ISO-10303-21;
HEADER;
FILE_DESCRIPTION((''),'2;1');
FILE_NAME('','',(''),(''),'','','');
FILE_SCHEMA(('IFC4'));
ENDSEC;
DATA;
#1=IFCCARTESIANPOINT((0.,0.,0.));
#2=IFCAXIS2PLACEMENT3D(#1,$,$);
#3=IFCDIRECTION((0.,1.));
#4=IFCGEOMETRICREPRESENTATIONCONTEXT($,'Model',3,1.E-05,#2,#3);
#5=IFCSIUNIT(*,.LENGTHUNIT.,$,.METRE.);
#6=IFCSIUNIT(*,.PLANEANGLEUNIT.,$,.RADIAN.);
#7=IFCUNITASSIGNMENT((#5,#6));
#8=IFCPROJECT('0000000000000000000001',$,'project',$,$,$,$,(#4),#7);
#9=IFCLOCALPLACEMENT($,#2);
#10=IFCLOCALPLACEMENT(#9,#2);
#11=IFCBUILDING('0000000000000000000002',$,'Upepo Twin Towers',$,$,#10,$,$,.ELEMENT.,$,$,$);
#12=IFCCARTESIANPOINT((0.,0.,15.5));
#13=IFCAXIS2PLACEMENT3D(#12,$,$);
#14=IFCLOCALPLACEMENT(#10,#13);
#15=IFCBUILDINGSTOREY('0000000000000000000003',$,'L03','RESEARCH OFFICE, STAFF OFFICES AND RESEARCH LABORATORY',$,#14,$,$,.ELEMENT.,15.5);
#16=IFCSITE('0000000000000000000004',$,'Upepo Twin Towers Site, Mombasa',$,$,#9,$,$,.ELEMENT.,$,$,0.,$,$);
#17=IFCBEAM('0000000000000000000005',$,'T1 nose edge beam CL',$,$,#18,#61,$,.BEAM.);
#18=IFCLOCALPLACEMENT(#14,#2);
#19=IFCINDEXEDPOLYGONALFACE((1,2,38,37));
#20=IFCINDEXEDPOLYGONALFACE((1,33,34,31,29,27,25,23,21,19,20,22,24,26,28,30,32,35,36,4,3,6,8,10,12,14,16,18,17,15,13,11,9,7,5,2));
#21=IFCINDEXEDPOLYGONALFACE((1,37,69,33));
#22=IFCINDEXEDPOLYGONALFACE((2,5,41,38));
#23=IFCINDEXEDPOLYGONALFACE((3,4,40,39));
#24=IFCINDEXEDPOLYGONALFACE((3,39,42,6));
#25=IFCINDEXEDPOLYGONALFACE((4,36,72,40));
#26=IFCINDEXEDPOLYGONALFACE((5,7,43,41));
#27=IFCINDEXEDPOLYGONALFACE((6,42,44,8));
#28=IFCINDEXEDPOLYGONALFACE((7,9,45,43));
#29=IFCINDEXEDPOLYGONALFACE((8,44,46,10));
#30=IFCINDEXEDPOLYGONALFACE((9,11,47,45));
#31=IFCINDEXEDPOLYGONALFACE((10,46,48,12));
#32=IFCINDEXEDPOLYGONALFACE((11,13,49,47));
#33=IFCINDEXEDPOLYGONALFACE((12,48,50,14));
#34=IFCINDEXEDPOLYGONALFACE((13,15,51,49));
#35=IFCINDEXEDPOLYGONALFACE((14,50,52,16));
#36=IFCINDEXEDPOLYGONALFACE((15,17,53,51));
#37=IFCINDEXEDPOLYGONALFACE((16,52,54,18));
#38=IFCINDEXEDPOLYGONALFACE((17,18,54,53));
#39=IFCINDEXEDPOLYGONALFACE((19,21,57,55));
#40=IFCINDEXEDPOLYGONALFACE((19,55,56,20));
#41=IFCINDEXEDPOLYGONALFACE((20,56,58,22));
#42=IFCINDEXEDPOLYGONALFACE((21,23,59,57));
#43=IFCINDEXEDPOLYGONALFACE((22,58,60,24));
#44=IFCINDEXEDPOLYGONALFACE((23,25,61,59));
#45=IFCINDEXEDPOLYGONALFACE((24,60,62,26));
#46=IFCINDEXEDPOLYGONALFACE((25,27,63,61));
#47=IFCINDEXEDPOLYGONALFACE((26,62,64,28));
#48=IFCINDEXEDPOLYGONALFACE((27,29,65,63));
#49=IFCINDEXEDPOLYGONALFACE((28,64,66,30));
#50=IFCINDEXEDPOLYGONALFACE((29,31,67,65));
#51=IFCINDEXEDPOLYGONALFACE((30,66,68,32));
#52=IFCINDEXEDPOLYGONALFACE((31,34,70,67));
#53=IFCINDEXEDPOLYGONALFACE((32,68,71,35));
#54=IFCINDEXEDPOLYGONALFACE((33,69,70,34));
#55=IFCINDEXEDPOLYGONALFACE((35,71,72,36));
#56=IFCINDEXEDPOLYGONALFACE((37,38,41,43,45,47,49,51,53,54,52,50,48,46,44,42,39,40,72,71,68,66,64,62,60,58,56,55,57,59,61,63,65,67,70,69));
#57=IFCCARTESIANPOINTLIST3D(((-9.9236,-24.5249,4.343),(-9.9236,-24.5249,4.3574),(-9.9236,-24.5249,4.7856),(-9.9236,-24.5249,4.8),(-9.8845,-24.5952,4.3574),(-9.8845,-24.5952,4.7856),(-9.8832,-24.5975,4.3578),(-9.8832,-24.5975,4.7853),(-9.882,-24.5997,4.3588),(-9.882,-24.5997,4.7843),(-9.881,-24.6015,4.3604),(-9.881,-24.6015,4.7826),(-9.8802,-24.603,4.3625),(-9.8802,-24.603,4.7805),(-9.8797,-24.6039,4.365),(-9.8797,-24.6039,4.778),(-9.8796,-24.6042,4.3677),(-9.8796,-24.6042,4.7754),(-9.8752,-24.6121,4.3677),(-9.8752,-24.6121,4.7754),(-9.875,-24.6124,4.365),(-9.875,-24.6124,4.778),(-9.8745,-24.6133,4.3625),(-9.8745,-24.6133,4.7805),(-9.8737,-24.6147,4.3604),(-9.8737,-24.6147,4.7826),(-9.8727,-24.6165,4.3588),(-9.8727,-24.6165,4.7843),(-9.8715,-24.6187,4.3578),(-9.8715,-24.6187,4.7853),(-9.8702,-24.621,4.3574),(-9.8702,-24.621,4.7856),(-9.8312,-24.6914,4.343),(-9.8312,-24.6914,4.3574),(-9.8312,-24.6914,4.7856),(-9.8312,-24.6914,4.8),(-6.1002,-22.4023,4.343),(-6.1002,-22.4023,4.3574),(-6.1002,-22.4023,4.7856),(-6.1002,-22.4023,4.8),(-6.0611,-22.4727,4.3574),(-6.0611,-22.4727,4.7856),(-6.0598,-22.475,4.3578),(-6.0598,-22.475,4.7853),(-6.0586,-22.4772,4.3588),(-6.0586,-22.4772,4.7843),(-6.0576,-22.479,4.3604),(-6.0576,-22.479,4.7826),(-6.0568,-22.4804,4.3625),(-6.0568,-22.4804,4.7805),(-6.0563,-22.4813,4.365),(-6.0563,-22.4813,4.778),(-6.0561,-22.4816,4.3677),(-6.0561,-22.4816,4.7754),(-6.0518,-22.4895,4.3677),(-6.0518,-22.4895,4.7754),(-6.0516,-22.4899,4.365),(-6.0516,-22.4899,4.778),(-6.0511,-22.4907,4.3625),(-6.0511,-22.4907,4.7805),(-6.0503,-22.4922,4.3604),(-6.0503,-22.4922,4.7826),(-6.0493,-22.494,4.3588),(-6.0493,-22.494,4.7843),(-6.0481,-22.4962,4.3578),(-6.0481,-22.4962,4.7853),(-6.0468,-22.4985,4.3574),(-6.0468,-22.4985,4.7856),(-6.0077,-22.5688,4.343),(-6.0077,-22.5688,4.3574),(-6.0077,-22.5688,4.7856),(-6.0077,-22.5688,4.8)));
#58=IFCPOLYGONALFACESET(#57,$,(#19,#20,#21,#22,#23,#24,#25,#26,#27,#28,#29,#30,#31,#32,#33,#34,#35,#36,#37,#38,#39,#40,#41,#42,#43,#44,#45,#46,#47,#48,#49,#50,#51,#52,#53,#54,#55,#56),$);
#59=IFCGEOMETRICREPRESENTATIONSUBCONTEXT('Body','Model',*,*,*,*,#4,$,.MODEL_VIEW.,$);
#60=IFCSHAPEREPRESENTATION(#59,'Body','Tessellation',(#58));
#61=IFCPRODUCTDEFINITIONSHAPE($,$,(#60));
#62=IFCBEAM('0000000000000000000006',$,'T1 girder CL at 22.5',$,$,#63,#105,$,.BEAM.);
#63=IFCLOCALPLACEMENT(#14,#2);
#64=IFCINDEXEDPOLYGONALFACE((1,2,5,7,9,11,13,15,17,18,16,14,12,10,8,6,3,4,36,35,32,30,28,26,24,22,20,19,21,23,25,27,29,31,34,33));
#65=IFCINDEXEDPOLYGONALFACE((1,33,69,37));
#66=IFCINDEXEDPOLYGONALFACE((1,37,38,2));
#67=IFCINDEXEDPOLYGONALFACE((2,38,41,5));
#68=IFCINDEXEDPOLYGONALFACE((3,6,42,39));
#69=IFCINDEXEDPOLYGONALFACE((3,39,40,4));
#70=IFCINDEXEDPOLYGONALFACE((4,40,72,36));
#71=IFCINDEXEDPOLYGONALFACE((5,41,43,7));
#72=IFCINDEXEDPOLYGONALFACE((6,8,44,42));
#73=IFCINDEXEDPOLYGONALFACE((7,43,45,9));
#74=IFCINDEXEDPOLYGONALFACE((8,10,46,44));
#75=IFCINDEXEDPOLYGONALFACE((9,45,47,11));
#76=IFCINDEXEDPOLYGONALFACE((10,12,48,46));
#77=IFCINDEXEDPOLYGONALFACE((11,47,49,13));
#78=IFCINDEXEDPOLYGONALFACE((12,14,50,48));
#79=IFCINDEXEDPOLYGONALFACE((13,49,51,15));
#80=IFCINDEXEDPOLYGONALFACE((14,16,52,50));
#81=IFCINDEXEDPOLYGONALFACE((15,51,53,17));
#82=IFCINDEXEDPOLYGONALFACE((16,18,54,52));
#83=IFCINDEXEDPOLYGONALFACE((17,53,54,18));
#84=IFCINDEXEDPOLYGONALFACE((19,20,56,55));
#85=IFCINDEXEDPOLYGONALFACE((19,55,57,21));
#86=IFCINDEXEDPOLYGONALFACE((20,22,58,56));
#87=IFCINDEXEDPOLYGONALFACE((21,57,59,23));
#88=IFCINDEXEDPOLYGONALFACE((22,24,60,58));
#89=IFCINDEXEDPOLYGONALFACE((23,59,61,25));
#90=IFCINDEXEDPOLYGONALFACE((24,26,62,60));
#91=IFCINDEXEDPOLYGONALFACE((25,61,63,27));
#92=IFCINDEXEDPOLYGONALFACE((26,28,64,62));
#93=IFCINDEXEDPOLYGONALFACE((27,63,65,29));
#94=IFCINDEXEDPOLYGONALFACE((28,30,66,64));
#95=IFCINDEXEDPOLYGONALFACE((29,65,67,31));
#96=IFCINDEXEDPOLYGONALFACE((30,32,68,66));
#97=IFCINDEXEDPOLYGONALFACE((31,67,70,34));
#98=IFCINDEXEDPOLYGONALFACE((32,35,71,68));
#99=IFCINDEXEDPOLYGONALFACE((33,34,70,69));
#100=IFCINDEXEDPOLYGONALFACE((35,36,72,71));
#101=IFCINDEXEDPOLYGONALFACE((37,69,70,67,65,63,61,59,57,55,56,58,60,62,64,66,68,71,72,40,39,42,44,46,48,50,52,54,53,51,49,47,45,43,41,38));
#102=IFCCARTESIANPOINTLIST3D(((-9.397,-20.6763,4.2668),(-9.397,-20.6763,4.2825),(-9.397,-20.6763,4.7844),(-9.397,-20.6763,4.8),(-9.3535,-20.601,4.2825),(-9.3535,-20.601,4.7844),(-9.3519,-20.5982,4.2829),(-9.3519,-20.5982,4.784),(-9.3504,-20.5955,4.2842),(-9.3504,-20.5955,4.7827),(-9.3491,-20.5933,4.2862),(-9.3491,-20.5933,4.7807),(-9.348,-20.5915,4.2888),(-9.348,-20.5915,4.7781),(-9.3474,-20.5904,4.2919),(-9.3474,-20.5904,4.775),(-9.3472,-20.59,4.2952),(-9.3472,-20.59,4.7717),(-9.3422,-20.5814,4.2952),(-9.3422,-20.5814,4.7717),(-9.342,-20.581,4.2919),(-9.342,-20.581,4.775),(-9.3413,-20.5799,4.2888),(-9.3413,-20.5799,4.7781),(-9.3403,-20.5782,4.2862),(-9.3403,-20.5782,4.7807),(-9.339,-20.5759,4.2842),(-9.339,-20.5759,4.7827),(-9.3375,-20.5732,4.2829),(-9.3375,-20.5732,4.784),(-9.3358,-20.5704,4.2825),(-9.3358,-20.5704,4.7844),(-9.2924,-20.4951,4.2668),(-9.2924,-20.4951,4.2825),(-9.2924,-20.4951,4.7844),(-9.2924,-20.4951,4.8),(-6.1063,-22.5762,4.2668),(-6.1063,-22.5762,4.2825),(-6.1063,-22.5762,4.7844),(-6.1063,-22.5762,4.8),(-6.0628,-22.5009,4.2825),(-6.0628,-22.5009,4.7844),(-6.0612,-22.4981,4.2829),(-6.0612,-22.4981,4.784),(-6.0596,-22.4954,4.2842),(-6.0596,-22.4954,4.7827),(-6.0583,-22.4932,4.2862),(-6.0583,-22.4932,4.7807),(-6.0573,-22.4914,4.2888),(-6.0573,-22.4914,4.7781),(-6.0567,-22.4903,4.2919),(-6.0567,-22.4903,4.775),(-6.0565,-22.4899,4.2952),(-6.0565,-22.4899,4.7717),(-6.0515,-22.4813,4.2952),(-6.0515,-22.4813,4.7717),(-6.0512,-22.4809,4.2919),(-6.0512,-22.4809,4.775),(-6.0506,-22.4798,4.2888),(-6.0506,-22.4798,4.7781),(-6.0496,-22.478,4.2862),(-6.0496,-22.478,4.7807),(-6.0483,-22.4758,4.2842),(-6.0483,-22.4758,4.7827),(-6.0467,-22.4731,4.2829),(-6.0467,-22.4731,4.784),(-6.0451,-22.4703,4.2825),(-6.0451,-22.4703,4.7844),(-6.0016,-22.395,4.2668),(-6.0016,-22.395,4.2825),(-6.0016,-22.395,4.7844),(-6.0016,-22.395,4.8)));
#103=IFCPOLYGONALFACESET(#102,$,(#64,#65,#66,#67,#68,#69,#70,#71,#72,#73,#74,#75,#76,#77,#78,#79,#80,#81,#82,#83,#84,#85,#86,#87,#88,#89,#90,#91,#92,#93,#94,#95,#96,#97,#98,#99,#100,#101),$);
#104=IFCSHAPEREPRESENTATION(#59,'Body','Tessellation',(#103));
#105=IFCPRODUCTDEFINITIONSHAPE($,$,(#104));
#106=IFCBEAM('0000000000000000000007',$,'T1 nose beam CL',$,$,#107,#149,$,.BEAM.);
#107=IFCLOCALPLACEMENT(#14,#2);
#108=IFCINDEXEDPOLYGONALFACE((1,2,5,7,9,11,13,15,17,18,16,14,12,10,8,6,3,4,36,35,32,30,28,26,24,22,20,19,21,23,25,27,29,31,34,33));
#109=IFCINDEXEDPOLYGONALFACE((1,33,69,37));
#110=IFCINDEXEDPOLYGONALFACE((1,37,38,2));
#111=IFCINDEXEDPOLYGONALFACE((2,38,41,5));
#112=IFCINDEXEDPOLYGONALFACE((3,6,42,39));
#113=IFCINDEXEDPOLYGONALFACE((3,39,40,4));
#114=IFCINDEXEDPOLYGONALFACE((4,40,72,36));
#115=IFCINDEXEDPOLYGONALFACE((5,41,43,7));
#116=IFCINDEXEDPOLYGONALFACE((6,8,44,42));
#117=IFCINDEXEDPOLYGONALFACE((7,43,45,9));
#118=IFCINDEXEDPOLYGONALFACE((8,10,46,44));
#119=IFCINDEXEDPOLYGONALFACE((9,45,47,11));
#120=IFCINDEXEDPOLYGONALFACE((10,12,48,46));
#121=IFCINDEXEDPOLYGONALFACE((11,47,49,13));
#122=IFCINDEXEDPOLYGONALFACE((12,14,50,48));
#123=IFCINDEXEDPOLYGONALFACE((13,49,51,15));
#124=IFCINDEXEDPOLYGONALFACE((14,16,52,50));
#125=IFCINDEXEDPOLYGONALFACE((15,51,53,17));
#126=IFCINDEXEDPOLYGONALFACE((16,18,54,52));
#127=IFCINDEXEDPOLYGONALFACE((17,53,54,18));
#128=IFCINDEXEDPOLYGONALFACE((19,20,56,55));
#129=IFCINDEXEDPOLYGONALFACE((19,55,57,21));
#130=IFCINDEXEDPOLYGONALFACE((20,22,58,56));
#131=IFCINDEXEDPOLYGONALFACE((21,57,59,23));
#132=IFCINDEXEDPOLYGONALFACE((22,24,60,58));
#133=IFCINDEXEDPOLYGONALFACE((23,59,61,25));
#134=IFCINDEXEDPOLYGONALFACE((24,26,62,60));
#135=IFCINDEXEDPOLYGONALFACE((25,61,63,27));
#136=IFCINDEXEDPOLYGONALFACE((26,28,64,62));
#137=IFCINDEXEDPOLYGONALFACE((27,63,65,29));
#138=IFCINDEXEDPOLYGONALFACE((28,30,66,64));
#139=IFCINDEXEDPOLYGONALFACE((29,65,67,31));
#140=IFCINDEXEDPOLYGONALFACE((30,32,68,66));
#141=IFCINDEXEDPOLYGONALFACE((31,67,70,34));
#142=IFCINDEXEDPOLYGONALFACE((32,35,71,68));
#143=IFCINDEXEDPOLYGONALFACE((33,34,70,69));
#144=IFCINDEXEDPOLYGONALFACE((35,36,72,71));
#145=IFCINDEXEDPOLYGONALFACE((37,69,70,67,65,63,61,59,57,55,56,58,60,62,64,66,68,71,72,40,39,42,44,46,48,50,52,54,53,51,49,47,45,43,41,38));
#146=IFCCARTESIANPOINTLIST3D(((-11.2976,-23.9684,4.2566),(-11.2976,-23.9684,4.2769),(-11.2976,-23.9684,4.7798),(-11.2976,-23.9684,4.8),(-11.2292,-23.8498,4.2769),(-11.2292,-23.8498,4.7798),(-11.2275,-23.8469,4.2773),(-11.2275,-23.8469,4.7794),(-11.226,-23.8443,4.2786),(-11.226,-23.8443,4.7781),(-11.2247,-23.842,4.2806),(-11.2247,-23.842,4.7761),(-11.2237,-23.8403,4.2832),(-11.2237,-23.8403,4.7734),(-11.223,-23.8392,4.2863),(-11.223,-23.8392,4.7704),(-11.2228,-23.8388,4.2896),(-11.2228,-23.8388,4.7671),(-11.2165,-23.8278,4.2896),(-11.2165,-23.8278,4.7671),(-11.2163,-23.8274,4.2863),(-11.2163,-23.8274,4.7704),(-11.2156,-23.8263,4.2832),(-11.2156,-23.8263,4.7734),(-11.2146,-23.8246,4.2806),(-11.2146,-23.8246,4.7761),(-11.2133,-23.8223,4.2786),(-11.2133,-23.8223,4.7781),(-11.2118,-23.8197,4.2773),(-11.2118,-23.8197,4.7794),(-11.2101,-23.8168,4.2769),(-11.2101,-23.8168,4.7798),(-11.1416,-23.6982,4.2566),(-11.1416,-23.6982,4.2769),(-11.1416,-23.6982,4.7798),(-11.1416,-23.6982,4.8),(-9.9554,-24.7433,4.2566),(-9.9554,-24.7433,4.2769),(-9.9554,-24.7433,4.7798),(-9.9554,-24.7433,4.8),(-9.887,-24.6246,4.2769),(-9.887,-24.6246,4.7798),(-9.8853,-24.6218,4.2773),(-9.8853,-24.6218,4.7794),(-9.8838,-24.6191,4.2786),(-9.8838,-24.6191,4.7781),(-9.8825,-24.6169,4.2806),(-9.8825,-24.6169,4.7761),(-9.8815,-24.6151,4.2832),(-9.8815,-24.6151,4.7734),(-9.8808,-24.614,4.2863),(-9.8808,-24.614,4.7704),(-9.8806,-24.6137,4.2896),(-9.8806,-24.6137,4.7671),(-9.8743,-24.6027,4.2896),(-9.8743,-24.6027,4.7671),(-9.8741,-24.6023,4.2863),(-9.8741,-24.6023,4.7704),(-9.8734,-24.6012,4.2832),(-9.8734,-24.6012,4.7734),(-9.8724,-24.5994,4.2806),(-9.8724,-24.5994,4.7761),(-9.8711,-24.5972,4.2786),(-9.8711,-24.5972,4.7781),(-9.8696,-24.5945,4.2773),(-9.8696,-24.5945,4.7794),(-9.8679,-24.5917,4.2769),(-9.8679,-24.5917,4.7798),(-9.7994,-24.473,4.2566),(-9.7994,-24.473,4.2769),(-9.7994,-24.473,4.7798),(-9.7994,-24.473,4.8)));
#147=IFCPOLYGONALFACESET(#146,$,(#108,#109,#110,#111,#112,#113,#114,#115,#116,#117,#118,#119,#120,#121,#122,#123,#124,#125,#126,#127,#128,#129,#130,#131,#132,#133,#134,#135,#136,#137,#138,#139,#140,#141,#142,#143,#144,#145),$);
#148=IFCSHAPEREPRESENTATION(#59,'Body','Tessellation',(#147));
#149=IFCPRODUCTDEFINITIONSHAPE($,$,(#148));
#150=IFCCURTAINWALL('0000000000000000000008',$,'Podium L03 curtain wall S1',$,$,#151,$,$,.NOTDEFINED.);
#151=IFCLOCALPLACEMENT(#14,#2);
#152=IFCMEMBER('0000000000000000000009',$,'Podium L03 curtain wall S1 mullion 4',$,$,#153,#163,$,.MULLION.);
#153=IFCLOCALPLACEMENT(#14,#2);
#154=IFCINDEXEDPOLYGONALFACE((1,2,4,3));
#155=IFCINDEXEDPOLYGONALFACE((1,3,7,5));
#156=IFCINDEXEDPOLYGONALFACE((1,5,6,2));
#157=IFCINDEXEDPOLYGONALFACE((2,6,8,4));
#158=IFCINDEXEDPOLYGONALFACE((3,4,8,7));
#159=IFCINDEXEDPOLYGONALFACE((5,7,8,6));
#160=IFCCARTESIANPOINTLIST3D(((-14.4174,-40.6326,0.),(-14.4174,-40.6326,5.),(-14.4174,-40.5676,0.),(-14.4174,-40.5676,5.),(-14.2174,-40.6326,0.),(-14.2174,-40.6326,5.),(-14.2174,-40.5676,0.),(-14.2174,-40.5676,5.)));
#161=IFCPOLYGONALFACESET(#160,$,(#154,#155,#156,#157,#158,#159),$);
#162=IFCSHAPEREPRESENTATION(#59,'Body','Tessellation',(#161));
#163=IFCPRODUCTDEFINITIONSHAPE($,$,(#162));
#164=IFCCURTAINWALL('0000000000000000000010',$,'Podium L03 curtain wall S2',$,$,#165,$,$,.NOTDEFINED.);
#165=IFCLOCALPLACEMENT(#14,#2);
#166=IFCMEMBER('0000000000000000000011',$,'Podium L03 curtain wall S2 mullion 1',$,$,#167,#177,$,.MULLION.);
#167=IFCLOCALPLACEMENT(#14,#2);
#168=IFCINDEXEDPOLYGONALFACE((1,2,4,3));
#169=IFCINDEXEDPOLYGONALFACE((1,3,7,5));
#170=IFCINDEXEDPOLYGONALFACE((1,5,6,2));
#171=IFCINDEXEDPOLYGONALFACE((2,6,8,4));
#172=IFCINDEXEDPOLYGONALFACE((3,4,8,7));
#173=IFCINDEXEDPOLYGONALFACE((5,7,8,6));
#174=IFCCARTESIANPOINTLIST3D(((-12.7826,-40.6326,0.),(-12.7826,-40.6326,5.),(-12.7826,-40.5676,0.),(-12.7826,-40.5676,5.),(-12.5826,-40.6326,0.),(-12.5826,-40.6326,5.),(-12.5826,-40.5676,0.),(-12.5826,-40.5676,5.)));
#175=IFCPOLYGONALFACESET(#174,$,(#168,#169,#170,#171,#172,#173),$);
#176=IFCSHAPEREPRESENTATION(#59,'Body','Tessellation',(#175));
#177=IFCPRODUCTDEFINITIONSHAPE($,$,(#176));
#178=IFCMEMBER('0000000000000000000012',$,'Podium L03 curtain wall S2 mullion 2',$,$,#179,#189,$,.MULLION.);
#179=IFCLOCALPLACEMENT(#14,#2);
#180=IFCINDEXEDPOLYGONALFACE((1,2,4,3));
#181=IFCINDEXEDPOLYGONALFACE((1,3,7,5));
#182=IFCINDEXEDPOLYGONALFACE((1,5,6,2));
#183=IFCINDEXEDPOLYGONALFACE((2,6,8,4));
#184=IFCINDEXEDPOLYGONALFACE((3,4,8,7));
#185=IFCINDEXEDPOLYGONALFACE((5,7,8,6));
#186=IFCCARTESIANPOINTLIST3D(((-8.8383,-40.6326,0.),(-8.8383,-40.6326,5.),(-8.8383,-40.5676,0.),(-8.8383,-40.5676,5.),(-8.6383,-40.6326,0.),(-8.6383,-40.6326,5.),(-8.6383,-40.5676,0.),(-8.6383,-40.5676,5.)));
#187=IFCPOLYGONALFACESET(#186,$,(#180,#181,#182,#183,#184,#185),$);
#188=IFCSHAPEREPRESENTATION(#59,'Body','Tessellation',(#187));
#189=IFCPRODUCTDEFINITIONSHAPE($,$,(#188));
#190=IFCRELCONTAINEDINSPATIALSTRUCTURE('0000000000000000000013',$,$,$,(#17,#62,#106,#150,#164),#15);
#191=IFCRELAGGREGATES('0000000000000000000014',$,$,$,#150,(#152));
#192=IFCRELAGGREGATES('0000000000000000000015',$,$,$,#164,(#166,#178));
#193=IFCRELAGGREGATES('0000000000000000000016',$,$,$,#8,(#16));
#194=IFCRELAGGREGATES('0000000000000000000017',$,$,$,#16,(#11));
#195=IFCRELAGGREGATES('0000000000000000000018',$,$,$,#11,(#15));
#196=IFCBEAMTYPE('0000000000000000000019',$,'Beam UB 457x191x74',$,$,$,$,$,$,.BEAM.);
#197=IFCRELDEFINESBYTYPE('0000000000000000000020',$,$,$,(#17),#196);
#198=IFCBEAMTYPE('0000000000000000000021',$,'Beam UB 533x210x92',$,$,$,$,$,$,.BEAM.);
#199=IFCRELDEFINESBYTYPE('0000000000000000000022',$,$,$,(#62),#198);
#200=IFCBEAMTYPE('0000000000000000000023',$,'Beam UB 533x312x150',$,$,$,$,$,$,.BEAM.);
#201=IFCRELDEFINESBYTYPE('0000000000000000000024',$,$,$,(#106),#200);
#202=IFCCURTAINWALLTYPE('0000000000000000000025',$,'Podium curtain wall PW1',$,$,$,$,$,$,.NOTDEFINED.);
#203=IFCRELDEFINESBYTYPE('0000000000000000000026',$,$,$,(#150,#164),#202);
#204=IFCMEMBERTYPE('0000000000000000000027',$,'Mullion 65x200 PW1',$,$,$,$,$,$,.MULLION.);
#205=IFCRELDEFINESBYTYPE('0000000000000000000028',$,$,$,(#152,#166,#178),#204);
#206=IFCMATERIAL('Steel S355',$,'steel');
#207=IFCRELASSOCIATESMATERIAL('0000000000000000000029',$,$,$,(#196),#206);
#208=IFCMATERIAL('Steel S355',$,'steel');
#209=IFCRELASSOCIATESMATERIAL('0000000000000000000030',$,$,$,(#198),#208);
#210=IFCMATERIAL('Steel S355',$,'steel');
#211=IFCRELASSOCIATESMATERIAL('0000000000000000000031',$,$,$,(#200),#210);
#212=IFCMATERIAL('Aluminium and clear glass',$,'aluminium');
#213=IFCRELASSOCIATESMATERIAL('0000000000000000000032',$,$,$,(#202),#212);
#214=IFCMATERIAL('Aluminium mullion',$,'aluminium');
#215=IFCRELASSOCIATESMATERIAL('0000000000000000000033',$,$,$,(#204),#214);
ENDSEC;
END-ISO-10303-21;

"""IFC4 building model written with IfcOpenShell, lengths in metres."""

from ifc_helpers import new_model, si_unit, direction, frame, origin, origin_2d, place, context, subcontext, project, spatial, rectangle, i_section, extrude, material, material_profile, profile_set, type_object, element, aggregate, save


model = new_model("IFC4")

# Units and contexts
model_context = context("Model", 3, precision=1e-05, world=origin(), true_north=direction((0.0, 1.0)))
body_context = subcontext(model_context, "Body", "Model", "MODEL_VIEW")
ifc_project = project(units=[si_unit("LENGTHUNIT", "METRE"), si_unit("PLANEANGLEUNIT", "RADIAN")], contexts=[model_context])

# Site, building, storey
site_placement = place(None, origin())
site = spatial("IfcSite", under=ifc_project, at=site_placement, Name="Upepo Twin Towers Site, Mombasa", CompositionType="ELEMENT", RefElevation=0.0)
building_placement = place(site_placement, origin())
building = spatial("IfcBuilding", under=site, at=building_placement, Name="Upepo Twin Towers", CompositionType="ELEMENT")
storey_placement = place(building_placement, frame((0.0, 0.0, 15.5)))
storey = spatial("IfcBuildingStorey", under=building, at=storey_placement, Name="L03", Description="RESEARCH OFFICE, STAFF OFFICES AND RESEARCH LABORATORY", CompositionType="ELEMENT", Elevation=15.5)

# Beams
ifc_material_1 = material(Name="Steel S355", Category="steel")
ifc_material_profile_1 = material_profile(ifc_material_1, i_section(OverallWidth=0.1904, OverallDepth=0.457, WebThickness=0.009, FlangeThickness=0.0144, FilletRadius=0.0103, at=origin_2d()), Name="UB 457x191x74")
ifc_profile_set_1 = profile_set([ifc_material_profile_1], Name="Steel S355")
beam_type_1 = type_object("IfcBeamType", Name="Beam UB 457x191x74", PredefinedType="BEAM", material=ifc_profile_set_1)
beam_1_placement = place(storey_placement, frame((-6.054, -22.4856, 4.5715), z_axis=(-0.874313, -0.485363, 0.0), x_axis=(0.485363, -0.874313, 0.0)))
element("IfcBeam", 1, at=beam_1_placement, inside=storey, type_object=beam_type_1, Name="T1 nose edge beam CL", PredefinedType="BEAM", context=body_context, shape_type="SweptSolid", body=[
    extrude(i_section(OverallWidth=0.1904, OverallDepth=0.457, WebThickness=0.009, FlangeThickness=0.0144, FilletRadius=0.0103, at=origin_2d()), origin(), (0.0, 0.0, 1.0), 4.373),
])
ifc_material_2 = material(Name="Steel S355", Category="steel")
ifc_material_profile_2 = material_profile(ifc_material_2, i_section(OverallWidth=0.2092, OverallDepth=0.5332, WebThickness=0.01, FlangeThickness=0.0156, FilletRadius=0.0127, at=origin_2d()), Name="UB 533x210x92")
ifc_profile_set_2 = profile_set([ifc_material_profile_2], Name="Steel S355")
beam_type_2 = type_object("IfcBeamType", Name="Beam UB 533x210x92", PredefinedType="BEAM", material=ifc_profile_set_2)
beam_2_placement = place(storey_placement, frame((-6.054, -22.4856, 4.5334), z_axis=(-0.866028, 0.499995, 0.0), x_axis=(-0.499995, -0.866028, 0.0)))
element("IfcBeam", 2, at=beam_2_placement, inside=storey, type_object=beam_type_2, Name="T1 girder CL at 22.5", PredefinedType="BEAM", context=body_context, shape_type="SweptSolid", body=[
    extrude(i_section(OverallWidth=0.2092, OverallDepth=0.5332, WebThickness=0.01, FlangeThickness=0.0156, FilletRadius=0.0127, at=origin_2d()), origin(), (0.0, 0.0, 1.0), 3.7998),
])
ifc_material_3 = material(Name="Steel S355", Category="steel")
ifc_material_profile_3 = material_profile(ifc_material_3, i_section(OverallWidth=0.312, OverallDepth=0.5435, WebThickness=0.0127, FlangeThickness=0.0203, FilletRadius=0.0127, at=origin_2d()), Name="UB 533x312x150")
ifc_profile_set_3 = profile_set([ifc_material_profile_3], Name="Steel S355")
beam_type_3 = type_object("IfcBeamType", Name="Beam UB 533x312x150", PredefinedType="BEAM", material=ifc_profile_set_3)
beam_3_placement = place(storey_placement, frame((-9.8774, -24.6082, 4.5283), z_axis=(-0.866044, 0.499968, 0.0), x_axis=(-0.499968, -0.866044, 0.0)))
element("IfcBeam", 3, at=beam_3_placement, inside=storey, type_object=beam_type_3, Name="T1 nose beam CL", PredefinedType="BEAM", context=body_context, shape_type="SweptSolid", body=[
    extrude(i_section(OverallWidth=0.312, OverallDepth=0.5435, WebThickness=0.0127, FlangeThickness=0.0203, FilletRadius=0.0127, at=origin_2d()), origin(), (0.0, 0.0, 1.0), 1.5498),
])

# Curtain wall, member
ifc_material_4 = material(Name="Aluminium and clear glass", Category="aluminium")
curtain_wall_type = type_object("IfcCurtainWallType", Name="Podium curtain wall PW1", PredefinedType="NOTDEFINED", material=ifc_material_4)
curtain_wall_1_placement = place(storey_placement, origin())
curtain_wall_1 = element("IfcCurtainWall", 4, at=curtain_wall_1_placement, inside=storey, type_object=curtain_wall_type, Name="Podium L03 curtain wall S1", PredefinedType="NOTDEFINED")
ifc_material_5 = material(Name="Aluminium mullion", Category="aluminium")
ifc_material_profile_4 = material_profile(ifc_material_5, rectangle(XDim=0.0649, YDim=0.2, at=origin_2d()), Name="MULLION 65x200 PODIUM")
ifc_profile_set_4 = profile_set([ifc_material_profile_4], Name="Aluminium mullion")
member_type_1 = type_object("IfcMemberType", Name="Mullion 65x200 PW1", PredefinedType="MULLION", material=ifc_profile_set_4)
member_1_placement = place(storey_placement, frame((-14.3174, -40.6001, 0.0), z_axis=(0.0, 0.0, 1.0), x_axis=(0.0, 1.0, 0.0)))
member_1 = element("IfcMember", 5, at=member_1_placement, type_object=member_type_1, Name="Podium L03 curtain wall S1 mullion 4", PredefinedType="MULLION", context=body_context, shape_type="SweptSolid", body=[
    extrude(rectangle(XDim=0.0649, YDim=0.2, at=origin_2d()), origin(), (0.0, 0.0, 1.0), 5.0),
])

# Curtain wall, members
curtain_wall_2_placement = place(storey_placement, origin())
curtain_wall_2 = element("IfcCurtainWall", 6, at=curtain_wall_2_placement, inside=storey, type_object=curtain_wall_type, Name="Podium L03 curtain wall S2", PredefinedType="NOTDEFINED")
member_2_placement = place(storey_placement, frame((-12.6826, -40.6001, 0.0), z_axis=(0.0, 0.0, 1.0), x_axis=(0.0, 1.0, 0.0)))
member_2 = element("IfcMember", 7, at=member_2_placement, type_object=member_type_1, Name="Podium L03 curtain wall S2 mullion 1", PredefinedType="MULLION", context=body_context, shape_type="SweptSolid", body=[
    extrude(rectangle(XDim=0.0649, YDim=0.2, at=origin_2d()), origin(), (0.0, 0.0, 1.0), 5.0),
])
member_3_placement = place(storey_placement, frame((-8.7383, -40.6001, 0.0), z_axis=(0.0, 0.0, 1.0), x_axis=(0.0, 1.0, 0.0)))
member_3 = element("IfcMember", 8, at=member_3_placement, type_object=member_type_1, Name="Podium L03 curtain wall S2 mullion 2", PredefinedType="MULLION", context=body_context, shape_type="SweptSolid", body=[
    extrude(rectangle(XDim=0.0649, YDim=0.2, at=origin_2d()), origin(), (0.0, 0.0, 1.0), 5.0),
])

aggregate(curtain_wall_1, [member_1])
aggregate(curtain_wall_2, [member_2, member_3])

save(model, "model.ifc")
